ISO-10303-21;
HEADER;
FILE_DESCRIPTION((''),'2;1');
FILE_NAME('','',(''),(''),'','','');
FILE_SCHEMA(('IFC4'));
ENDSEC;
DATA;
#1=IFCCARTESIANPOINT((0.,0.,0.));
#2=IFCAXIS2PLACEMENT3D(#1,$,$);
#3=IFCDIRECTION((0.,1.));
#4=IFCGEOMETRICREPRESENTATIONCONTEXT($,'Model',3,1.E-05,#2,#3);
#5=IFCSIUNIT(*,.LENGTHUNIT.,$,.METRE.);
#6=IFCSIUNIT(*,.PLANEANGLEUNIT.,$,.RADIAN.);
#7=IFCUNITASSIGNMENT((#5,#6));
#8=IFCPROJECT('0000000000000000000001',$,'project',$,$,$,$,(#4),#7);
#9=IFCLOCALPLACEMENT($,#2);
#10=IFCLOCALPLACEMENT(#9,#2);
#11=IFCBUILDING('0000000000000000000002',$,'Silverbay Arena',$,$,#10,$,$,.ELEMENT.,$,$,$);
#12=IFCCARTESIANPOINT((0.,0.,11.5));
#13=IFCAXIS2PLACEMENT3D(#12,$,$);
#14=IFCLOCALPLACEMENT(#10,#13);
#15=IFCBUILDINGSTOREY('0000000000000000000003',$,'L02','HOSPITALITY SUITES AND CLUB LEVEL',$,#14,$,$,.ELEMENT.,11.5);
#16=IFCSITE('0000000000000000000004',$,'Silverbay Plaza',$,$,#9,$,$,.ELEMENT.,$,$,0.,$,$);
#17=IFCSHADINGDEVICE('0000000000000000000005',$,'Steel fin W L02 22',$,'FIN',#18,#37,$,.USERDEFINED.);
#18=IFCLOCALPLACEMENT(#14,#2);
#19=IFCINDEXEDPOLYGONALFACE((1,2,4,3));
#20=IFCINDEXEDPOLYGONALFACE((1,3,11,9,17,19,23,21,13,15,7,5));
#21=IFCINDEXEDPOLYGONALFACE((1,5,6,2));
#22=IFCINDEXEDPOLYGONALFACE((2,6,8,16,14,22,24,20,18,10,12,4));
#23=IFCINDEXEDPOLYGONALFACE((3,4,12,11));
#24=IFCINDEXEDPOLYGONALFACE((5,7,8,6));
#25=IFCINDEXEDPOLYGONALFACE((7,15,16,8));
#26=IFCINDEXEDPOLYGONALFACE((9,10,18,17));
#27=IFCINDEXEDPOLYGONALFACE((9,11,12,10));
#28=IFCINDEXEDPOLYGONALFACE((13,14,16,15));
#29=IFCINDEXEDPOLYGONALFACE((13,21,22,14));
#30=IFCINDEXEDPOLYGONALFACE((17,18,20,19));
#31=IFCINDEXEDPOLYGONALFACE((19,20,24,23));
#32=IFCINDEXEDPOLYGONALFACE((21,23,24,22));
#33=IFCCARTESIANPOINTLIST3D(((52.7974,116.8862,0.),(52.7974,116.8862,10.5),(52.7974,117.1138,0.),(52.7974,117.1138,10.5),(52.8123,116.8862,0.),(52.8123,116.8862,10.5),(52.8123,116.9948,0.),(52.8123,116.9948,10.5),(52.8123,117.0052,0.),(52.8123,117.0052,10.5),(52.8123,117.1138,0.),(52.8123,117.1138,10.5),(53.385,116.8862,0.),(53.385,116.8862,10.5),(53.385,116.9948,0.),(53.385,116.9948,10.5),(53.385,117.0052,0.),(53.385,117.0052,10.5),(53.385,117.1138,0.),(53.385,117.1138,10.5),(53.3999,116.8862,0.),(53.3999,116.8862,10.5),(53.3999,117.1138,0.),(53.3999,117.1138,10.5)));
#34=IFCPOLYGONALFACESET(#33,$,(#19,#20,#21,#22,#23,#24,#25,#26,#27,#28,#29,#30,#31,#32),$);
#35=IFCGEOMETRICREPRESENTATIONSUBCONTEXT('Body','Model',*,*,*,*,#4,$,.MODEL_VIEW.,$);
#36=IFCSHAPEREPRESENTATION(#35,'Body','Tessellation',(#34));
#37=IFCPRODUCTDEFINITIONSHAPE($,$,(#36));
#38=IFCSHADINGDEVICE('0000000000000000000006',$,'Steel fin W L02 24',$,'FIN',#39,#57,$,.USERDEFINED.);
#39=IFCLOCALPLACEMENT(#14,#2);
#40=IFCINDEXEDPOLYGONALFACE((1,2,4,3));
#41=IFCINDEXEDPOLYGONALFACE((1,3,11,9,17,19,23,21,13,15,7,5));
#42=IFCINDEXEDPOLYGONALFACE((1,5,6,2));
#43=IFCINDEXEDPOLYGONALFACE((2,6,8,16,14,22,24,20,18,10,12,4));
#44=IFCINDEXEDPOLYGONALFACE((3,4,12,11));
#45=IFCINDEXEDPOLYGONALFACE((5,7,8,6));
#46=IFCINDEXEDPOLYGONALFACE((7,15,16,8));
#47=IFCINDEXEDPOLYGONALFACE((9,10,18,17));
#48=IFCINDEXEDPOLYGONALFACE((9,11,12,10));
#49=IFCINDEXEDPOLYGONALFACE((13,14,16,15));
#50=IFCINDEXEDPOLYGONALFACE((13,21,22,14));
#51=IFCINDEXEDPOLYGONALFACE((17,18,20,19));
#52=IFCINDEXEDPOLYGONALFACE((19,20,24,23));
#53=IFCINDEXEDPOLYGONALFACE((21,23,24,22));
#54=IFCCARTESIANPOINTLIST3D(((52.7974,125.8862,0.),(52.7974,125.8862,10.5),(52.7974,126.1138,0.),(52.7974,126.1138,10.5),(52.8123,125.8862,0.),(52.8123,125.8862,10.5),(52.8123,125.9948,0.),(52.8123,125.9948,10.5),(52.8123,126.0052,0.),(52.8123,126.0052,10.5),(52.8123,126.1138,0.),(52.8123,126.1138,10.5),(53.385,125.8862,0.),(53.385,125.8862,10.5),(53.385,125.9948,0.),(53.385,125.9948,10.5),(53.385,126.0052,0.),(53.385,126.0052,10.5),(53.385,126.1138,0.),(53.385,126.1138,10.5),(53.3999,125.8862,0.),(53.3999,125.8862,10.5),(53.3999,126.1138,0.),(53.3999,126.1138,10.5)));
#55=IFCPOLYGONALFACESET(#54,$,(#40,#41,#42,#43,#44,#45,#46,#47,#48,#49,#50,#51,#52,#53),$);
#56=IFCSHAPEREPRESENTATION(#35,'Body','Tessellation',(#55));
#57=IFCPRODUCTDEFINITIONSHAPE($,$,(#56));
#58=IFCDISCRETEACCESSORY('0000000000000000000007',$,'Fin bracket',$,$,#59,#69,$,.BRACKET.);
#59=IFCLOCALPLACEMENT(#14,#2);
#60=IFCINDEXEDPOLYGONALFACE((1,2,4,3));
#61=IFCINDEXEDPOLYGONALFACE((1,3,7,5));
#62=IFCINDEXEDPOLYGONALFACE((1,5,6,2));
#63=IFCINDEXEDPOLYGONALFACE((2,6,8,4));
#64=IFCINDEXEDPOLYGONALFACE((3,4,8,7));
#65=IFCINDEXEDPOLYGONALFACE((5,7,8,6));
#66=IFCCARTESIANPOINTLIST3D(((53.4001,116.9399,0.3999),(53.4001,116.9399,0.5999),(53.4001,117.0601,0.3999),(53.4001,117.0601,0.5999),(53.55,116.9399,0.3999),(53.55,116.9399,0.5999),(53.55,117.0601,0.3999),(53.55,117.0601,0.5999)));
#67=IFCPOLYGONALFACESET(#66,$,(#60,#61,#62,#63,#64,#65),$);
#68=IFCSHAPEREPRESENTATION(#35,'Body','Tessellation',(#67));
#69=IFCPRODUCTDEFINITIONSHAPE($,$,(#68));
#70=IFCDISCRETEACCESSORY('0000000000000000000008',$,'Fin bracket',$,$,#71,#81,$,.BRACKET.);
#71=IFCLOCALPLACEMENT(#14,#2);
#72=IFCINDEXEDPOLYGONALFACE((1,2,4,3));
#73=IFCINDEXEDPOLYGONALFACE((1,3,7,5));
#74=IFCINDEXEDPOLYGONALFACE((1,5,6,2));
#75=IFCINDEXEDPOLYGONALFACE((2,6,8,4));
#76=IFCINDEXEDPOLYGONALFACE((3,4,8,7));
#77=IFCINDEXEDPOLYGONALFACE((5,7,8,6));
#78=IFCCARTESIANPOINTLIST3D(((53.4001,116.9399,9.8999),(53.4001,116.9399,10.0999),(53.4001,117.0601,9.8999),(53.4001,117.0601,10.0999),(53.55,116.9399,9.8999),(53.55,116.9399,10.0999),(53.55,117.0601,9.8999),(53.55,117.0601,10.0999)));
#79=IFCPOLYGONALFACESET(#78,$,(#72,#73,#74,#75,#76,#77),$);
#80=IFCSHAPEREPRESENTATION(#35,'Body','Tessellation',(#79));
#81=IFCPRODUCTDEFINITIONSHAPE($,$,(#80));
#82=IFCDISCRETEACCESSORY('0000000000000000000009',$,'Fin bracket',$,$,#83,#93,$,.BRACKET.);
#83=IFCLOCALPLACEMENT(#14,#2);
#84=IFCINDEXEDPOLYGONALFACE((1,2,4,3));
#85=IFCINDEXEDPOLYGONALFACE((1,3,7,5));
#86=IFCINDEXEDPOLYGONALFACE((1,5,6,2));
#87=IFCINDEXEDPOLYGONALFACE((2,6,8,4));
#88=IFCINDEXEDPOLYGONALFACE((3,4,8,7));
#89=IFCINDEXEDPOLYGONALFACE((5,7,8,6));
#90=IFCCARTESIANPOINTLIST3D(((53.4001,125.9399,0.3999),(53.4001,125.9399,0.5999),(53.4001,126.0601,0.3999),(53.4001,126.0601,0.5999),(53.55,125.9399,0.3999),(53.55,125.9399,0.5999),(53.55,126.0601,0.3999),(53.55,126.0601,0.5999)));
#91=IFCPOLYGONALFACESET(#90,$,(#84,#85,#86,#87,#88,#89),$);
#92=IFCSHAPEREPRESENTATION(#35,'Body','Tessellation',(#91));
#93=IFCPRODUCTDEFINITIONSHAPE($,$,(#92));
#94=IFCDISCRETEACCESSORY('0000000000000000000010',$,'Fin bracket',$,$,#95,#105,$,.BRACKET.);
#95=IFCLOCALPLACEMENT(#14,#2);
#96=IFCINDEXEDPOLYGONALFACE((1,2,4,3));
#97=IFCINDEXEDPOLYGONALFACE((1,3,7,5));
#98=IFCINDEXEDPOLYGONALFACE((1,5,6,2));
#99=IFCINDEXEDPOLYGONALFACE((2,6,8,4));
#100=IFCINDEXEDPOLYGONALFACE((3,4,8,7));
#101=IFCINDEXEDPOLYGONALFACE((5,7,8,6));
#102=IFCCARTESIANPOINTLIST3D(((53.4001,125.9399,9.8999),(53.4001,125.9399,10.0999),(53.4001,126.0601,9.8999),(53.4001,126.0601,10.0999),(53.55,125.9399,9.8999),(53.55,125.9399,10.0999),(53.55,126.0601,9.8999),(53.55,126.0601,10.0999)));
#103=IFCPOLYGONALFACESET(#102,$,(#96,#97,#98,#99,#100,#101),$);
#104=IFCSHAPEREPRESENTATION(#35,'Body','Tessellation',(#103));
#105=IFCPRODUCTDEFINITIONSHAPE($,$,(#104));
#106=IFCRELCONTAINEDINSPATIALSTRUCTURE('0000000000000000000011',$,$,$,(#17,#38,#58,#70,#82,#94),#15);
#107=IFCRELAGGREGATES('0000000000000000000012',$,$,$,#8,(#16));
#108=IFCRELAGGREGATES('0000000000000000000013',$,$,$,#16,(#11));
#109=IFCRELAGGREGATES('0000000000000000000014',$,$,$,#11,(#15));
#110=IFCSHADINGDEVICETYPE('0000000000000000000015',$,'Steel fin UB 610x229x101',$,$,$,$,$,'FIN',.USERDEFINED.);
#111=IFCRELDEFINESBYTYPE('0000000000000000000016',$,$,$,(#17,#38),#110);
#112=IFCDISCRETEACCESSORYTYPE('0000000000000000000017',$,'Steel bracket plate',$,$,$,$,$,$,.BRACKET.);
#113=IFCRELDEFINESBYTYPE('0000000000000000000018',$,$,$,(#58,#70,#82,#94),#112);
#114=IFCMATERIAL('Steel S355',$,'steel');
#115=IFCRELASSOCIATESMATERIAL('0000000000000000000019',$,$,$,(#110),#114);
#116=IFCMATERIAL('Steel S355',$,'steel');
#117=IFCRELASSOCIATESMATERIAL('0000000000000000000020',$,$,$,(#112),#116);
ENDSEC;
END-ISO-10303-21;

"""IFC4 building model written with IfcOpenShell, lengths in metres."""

from ifc_helpers import new_model, si_unit, direction, frame, origin, origin_2d, place, context, subcontext, project, spatial, rectangle, i_section, extrude, material, material_profile, profile_set, type_object, element, save


model = new_model("IFC4")

# Units and contexts
model_context = context("Model", 3, precision=1e-05, world=origin(), true_north=direction((0.0, 1.0)))
body_context = subcontext(model_context, "Body", "Model", "MODEL_VIEW")
ifc_project = project(units=[si_unit("LENGTHUNIT", "METRE"), si_unit("PLANEANGLEUNIT", "RADIAN")], contexts=[model_context])

# Site, building, storey
site_placement = place(None, origin())
site = spatial("IfcSite", under=ifc_project, at=site_placement, Name="Silverbay Plaza", CompositionType="ELEMENT", RefElevation=0.0)
building_placement = place(site_placement, origin())
building = spatial("IfcBuilding", under=site, at=building_placement, Name="Silverbay Arena", CompositionType="ELEMENT")
storey_placement = place(building_placement, frame((0.0, 0.0, 11.5)))
storey = spatial("IfcBuildingStorey", under=building, at=storey_placement, Name="L02", Description="HOSPITALITY SUITES AND CLUB LEVEL", CompositionType="ELEMENT", Elevation=11.5)

# Shading devices
ifc_material_1 = material(Name="Steel S355", Category="steel")
ifc_material_profile_1 = material_profile(ifc_material_1, i_section(OverallWidth=0.2275, OverallDepth=0.6025, WebThickness=0.0105, FlangeThickness=0.0149, at=origin_2d()), Name="UB 610x229x101")
ifc_profile_set_1 = profile_set([ifc_material_profile_1], Name="Steel S355")
shading_device_type = type_object("IfcShadingDeviceType", Name="Steel fin UB 610x229x101", ElementType="FIN", PredefinedType="USERDEFINED", material=ifc_profile_set_1)
for number, where, z_axis, x_axis, name in (
    (1, (53.0986, 117.0, 0.0), (0.0, 0.0, 1.0), (0.0, 1.0, 0.0), "Steel fin W L02 22"),
    (2, (53.0986, 126.0, 0.0), (0.0, 0.0, 1.0), (0.0, 1.0, 0.0), "Steel fin W L02 24"),
):
    element("IfcShadingDevice", number, at=place(storey_placement, frame(where, z_axis=z_axis, x_axis=x_axis)), inside=storey, type_object=shading_device_type, Name=name, ObjectType="FIN", PredefinedType="USERDEFINED", context=body_context, shape_type="SweptSolid", body=[
        extrude(i_section(OverallWidth=0.2275, OverallDepth=0.6025, WebThickness=0.0105, FlangeThickness=0.0149, at=origin_2d()), origin(), (0.0, 0.0, 1.0), 10.5),
    ])

# Discrete accessories
ifc_material_2 = material(Name="Steel S355", Category="steel")
discrete_accessory_type = type_object("IfcDiscreteAccessoryType", Name="Steel bracket plate", PredefinedType="BRACKET", material=ifc_material_2)
for number, where, z_axis, x_axis, name in (
    (3, (53.4751, 117.0, 0.3999), (0.0, 0.0, 1.0), (1.0, 0.0, 0.0), "Fin bracket"),
    (4, (53.4751, 117.0, 9.8999), (0.0, 0.0, 1.0), (1.0, 0.0, 0.0), "Fin bracket"),
    (5, (53.4751, 126.0, 0.3999), (0.0, 0.0, 1.0), (1.0, 0.0, 0.0), "Fin bracket"),
    (6, (53.4751, 126.0, 9.8999), (0.0, 0.0, 1.0), (1.0, 0.0, 0.0), "Fin bracket"),
):
    element("IfcDiscreteAccessory", number, at=place(storey_placement, frame(where, z_axis=z_axis, x_axis=x_axis)), inside=storey, type_object=discrete_accessory_type, Name=name, PredefinedType="BRACKET", context=body_context, shape_type="SweptSolid", body=[
        extrude(rectangle(XDim=0.1499, YDim=0.1201, at=origin_2d()), origin(), (0.0, 0.0, 1.0), 0.2),
    ])

save(model, "model.ifc")
